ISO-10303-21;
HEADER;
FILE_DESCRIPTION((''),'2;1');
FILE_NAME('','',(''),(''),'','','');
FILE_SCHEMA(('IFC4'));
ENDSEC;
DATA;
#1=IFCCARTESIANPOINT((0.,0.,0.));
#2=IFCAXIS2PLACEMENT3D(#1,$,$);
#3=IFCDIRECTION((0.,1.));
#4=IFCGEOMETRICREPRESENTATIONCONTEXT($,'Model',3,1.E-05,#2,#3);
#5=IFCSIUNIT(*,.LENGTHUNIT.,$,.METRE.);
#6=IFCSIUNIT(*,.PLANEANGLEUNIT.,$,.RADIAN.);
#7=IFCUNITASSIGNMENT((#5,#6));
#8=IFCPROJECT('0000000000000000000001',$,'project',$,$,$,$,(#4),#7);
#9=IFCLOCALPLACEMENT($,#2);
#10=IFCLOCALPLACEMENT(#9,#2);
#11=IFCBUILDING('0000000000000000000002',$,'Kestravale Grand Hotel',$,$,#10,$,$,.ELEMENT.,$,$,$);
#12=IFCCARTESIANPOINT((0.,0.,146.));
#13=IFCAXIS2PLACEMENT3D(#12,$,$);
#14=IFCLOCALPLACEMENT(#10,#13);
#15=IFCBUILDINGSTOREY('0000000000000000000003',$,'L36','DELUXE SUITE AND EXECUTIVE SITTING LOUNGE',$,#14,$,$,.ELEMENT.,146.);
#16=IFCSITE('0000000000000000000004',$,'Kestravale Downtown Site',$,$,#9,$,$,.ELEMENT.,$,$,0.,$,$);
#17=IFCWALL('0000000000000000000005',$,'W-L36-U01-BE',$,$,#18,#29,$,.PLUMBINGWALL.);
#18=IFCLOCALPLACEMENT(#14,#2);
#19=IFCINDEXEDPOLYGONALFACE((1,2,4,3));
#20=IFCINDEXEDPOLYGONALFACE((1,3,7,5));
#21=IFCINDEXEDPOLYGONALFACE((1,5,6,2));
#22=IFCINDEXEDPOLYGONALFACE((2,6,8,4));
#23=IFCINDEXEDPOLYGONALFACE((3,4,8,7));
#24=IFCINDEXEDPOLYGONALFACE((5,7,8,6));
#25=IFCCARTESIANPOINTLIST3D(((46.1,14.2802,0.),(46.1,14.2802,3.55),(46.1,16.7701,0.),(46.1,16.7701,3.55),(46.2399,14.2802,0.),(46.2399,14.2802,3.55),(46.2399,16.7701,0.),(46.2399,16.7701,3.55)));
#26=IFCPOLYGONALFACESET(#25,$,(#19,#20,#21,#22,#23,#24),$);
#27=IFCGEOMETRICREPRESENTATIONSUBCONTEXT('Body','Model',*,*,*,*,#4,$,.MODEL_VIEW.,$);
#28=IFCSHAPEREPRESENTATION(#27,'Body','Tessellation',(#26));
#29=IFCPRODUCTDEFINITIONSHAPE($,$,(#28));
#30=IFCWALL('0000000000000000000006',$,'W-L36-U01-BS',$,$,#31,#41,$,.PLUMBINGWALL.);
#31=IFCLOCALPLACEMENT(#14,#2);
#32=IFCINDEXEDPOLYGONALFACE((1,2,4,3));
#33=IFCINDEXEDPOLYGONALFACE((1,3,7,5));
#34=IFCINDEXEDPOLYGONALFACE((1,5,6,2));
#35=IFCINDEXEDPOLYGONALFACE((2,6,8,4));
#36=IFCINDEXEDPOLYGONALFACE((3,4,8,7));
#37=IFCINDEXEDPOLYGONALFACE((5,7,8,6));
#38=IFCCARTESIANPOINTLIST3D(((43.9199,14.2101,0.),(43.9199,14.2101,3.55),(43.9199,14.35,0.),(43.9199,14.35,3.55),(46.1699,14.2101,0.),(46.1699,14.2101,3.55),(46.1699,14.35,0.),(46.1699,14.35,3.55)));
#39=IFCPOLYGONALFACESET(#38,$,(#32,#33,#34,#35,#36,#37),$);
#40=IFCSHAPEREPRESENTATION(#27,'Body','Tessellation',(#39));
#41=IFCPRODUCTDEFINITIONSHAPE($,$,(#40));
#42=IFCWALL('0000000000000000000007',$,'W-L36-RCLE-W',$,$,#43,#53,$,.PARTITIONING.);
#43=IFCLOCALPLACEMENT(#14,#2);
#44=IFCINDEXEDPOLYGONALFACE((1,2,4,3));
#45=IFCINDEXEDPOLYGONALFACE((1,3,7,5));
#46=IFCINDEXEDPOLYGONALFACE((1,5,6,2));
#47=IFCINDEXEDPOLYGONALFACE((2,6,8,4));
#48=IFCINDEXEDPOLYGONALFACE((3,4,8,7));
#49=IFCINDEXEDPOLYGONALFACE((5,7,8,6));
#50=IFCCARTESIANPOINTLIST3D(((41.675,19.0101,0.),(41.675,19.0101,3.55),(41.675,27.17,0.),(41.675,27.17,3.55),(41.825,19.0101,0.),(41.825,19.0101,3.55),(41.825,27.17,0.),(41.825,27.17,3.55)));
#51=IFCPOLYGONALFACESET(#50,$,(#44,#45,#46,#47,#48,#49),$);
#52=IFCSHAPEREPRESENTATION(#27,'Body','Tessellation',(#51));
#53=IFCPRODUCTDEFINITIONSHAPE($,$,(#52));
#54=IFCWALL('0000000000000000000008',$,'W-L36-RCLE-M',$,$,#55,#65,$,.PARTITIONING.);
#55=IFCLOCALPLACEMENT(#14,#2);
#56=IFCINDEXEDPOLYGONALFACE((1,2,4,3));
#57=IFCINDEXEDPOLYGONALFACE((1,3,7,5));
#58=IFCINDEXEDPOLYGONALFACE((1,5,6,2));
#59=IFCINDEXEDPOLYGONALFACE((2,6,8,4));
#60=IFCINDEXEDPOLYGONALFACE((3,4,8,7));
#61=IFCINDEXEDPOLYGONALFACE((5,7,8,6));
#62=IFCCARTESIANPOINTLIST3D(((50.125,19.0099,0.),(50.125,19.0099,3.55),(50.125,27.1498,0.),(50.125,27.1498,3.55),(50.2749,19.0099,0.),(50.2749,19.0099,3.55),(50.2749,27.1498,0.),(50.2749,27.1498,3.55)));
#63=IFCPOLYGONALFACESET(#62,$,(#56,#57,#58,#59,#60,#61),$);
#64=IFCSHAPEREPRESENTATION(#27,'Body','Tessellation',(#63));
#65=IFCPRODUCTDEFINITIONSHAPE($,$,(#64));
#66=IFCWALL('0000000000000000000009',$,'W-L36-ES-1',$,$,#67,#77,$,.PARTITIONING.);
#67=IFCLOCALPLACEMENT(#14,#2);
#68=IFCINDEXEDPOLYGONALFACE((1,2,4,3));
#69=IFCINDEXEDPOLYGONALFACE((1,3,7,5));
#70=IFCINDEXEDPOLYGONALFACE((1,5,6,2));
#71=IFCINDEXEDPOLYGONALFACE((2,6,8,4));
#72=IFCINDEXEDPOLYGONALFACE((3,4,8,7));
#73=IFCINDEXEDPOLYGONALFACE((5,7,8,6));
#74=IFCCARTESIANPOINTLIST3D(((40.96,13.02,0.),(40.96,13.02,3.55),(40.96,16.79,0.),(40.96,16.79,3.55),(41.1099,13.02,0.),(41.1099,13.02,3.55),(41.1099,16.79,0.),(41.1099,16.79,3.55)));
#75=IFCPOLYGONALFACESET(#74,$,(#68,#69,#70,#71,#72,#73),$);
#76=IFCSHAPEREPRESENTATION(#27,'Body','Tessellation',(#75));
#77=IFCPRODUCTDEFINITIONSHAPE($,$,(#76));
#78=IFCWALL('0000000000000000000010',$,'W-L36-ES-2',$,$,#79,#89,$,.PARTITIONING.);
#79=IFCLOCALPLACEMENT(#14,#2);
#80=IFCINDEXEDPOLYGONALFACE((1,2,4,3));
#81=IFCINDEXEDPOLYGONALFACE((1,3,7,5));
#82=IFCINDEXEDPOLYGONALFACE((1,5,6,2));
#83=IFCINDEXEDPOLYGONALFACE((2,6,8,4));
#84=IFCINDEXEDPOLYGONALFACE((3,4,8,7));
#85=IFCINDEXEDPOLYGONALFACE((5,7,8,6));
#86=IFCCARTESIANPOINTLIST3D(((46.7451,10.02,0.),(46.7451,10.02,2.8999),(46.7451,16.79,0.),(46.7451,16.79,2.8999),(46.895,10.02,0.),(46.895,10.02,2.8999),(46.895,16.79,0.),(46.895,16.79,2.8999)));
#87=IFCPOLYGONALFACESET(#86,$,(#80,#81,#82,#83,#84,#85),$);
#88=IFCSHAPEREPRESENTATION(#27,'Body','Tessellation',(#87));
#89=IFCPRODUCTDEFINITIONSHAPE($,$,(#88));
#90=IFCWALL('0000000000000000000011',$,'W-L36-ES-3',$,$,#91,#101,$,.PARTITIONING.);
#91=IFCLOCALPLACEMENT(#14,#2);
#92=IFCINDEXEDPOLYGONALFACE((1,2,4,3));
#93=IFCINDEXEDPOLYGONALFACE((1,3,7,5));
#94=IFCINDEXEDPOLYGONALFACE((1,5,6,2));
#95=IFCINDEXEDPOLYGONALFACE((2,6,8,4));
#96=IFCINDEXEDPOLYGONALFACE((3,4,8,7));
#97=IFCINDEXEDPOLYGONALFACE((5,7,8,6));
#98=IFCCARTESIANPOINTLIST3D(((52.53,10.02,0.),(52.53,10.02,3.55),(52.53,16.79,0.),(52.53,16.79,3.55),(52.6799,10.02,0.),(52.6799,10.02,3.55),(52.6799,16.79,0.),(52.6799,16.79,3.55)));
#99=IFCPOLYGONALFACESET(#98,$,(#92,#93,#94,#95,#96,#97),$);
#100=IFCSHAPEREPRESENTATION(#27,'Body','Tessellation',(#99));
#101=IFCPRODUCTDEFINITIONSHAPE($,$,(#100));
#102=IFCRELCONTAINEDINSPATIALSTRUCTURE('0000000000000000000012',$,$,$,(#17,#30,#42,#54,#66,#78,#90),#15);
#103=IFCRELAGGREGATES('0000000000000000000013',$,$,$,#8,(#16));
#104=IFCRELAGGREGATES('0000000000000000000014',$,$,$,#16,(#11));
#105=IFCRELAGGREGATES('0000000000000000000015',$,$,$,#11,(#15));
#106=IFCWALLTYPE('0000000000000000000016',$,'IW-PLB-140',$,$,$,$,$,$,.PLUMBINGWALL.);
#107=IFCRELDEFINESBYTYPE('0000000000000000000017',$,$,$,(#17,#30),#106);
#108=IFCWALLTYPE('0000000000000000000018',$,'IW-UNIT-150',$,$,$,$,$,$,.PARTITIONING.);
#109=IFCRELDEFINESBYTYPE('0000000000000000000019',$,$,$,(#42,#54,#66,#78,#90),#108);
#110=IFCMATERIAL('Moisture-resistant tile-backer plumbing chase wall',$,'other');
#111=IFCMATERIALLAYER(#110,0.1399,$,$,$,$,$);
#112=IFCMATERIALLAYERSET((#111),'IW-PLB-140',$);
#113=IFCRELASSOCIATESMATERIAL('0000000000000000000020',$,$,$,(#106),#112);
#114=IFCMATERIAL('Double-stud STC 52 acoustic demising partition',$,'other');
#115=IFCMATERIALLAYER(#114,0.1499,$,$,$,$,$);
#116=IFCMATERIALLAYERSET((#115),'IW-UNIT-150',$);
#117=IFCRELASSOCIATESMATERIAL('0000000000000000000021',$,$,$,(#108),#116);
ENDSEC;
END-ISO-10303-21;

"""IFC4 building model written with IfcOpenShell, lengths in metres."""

from ifc_helpers import new_model, si_unit, direction, frame, frame_2d, origin, place, context, subcontext, project, spatial, rectangle, extrude, material, layer, layer_set, type_object, element, save


model = new_model("IFC4")

# Units and contexts
model_context = context("Model", 3, precision=1e-05, world=origin(), true_north=direction((0.0, 1.0)))
body_context = subcontext(model_context, "Body", "Model", "MODEL_VIEW")
ifc_project = project(units=[si_unit("LENGTHUNIT", "METRE"), si_unit("PLANEANGLEUNIT", "RADIAN")], contexts=[model_context])

# Site, building, storey
site_placement = place(None, origin())
site = spatial("IfcSite", under=ifc_project, at=site_placement, Name="Kestravale Downtown Site", CompositionType="ELEMENT", RefElevation=0.0)
building_placement = place(site_placement, origin())
building = spatial("IfcBuilding", under=site, at=building_placement, Name="Kestravale Grand Hotel", CompositionType="ELEMENT")
storey_placement = place(building_placement, frame((0.0, 0.0, 146.0)))
storey = spatial("IfcBuildingStorey", under=building, at=storey_placement, Name="L36", Description="DELUXE SUITE AND EXECUTIVE SITTING LOUNGE", CompositionType="ELEMENT", Elevation=146.0)

# Shared definitions
ifc_material_1 = material(Name="Moisture-resistant tile-backer plumbing chase wall", Category="other")
ifc_layer_1 = layer(ifc_material_1, 0.1399)
ifc_layer_set_1 = layer_set([ifc_layer_1], Name="IW-PLB-140")
wall_type_1 = type_object("IfcWallType", Name="IW-PLB-140", PredefinedType="PLUMBINGWALL", material=ifc_layer_set_1)

# Walls
wall_1_placement = place(storey_placement, frame((46.1699, 14.28, 0.0), z_axis=(0.0, 0.0, 1.0), x_axis=(0.0, 1.0, 0.0)))
element("IfcWall", 1, at=wall_1_placement, inside=storey, type_object=wall_type_1, Name="W-L36-U01-BE", PredefinedType="PLUMBINGWALL", context=body_context, shape_type="SweptSolid", body=[
    extrude(rectangle(XDim=2.49, YDim=0.1399, at=frame_2d((1.2451, 0.0))), origin(), (0.0, 0.0, 1.0), 3.55),
])
wall_2_placement = place(storey_placement, frame((43.9199, 14.28, 0.0), z_axis=(0.0, 0.0, 1.0), x_axis=(1.0, 0.0, 0.0)))
element("IfcWall", 2, at=wall_2_placement, inside=storey, type_object=wall_type_1, Name="W-L36-U01-BS", PredefinedType="PLUMBINGWALL", context=body_context, shape_type="SweptSolid", body=[
    extrude(rectangle(XDim=2.25, YDim=0.1399, at=frame_2d((1.125, 0.0))), origin(), (0.0, 0.0, 1.0), 3.55),
])
ifc_material_2 = material(Name="Double-stud STC 52 acoustic demising partition", Category="other")
ifc_layer_2 = layer(ifc_material_2, 0.1499)
ifc_layer_set_2 = layer_set([ifc_layer_2], Name="IW-UNIT-150")
wall_type_2 = type_object("IfcWallType", Name="IW-UNIT-150", PredefinedType="PARTITIONING", material=ifc_layer_set_2)
wall_3_placement = place(storey_placement, frame((41.75, 19.01, 0.0), z_axis=(0.0, 0.0, 1.0), x_axis=(0.0, 1.0, 0.0)))
element("IfcWall", 3, at=wall_3_placement, inside=storey, type_object=wall_type_2, Name="W-L36-RCLE-W", PredefinedType="PARTITIONING", context=body_context, shape_type="SweptSolid", body=[
    extrude(rectangle(XDim=8.1599, YDim=0.1499, at=frame_2d((4.0801, 0.0))), origin(), (0.0, 0.0, 1.0), 3.55),
])
wall_4_placement = place(storey_placement, frame((50.2, 19.01, 0.0), z_axis=(0.0, 0.0, 1.0), x_axis=(0.0, 1.0, 0.0)))
element("IfcWall", 4, at=wall_4_placement, inside=storey, type_object=wall_type_2, Name="W-L36-RCLE-M", PredefinedType="PARTITIONING", context=body_context, shape_type="SweptSolid", body=[
    extrude(rectangle(XDim=8.1399, YDim=0.1499, at=frame_2d((4.0698, 0.0))), origin(), (0.0, 0.0, 1.0), 3.55),
])
wall_5_placement = place(storey_placement, frame((41.0349, 13.02, 0.0), z_axis=(0.0, 0.0, 1.0), x_axis=(0.0, 1.0, 0.0)))
element("IfcWall", 5, at=wall_5_placement, inside=storey, type_object=wall_type_2, Name="W-L36-ES-1", PredefinedType="PARTITIONING", context=body_context, shape_type="SweptSolid", body=[
    extrude(rectangle(XDim=3.77, YDim=0.1499, at=frame_2d((1.885, 0.0))), origin(), (0.0, 0.0, 1.0), 3.55),
])
wall_6_placement = place(storey_placement, frame((46.8201, 10.02, 0.0), z_axis=(0.0, 0.0, 1.0), x_axis=(0.0, 1.0, 0.0)))
element("IfcWall", 6, at=wall_6_placement, inside=storey, type_object=wall_type_2, Name="W-L36-ES-2", PredefinedType="PARTITIONING", context=body_context, shape_type="SweptSolid", body=[
    extrude(rectangle(XDim=6.77, YDim=0.1499, at=frame_2d((3.385, 0.0))), origin(), (0.0, 0.0, 1.0), 2.8999),
])
wall_7_placement = place(storey_placement, frame((52.605, 10.02, 0.0), z_axis=(0.0, 0.0, 1.0), x_axis=(0.0, 1.0, 0.0)))
element("IfcWall", 7, at=wall_7_placement, inside=storey, type_object=wall_type_2, Name="W-L36-ES-3", PredefinedType="PARTITIONING", context=body_context, shape_type="SweptSolid", body=[
    extrude(rectangle(XDim=6.77, YDim=0.1499, at=frame_2d((3.385, 0.0))), origin(), (0.0, 0.0, 1.0), 3.55),
])

save(model, "model.ifc")
